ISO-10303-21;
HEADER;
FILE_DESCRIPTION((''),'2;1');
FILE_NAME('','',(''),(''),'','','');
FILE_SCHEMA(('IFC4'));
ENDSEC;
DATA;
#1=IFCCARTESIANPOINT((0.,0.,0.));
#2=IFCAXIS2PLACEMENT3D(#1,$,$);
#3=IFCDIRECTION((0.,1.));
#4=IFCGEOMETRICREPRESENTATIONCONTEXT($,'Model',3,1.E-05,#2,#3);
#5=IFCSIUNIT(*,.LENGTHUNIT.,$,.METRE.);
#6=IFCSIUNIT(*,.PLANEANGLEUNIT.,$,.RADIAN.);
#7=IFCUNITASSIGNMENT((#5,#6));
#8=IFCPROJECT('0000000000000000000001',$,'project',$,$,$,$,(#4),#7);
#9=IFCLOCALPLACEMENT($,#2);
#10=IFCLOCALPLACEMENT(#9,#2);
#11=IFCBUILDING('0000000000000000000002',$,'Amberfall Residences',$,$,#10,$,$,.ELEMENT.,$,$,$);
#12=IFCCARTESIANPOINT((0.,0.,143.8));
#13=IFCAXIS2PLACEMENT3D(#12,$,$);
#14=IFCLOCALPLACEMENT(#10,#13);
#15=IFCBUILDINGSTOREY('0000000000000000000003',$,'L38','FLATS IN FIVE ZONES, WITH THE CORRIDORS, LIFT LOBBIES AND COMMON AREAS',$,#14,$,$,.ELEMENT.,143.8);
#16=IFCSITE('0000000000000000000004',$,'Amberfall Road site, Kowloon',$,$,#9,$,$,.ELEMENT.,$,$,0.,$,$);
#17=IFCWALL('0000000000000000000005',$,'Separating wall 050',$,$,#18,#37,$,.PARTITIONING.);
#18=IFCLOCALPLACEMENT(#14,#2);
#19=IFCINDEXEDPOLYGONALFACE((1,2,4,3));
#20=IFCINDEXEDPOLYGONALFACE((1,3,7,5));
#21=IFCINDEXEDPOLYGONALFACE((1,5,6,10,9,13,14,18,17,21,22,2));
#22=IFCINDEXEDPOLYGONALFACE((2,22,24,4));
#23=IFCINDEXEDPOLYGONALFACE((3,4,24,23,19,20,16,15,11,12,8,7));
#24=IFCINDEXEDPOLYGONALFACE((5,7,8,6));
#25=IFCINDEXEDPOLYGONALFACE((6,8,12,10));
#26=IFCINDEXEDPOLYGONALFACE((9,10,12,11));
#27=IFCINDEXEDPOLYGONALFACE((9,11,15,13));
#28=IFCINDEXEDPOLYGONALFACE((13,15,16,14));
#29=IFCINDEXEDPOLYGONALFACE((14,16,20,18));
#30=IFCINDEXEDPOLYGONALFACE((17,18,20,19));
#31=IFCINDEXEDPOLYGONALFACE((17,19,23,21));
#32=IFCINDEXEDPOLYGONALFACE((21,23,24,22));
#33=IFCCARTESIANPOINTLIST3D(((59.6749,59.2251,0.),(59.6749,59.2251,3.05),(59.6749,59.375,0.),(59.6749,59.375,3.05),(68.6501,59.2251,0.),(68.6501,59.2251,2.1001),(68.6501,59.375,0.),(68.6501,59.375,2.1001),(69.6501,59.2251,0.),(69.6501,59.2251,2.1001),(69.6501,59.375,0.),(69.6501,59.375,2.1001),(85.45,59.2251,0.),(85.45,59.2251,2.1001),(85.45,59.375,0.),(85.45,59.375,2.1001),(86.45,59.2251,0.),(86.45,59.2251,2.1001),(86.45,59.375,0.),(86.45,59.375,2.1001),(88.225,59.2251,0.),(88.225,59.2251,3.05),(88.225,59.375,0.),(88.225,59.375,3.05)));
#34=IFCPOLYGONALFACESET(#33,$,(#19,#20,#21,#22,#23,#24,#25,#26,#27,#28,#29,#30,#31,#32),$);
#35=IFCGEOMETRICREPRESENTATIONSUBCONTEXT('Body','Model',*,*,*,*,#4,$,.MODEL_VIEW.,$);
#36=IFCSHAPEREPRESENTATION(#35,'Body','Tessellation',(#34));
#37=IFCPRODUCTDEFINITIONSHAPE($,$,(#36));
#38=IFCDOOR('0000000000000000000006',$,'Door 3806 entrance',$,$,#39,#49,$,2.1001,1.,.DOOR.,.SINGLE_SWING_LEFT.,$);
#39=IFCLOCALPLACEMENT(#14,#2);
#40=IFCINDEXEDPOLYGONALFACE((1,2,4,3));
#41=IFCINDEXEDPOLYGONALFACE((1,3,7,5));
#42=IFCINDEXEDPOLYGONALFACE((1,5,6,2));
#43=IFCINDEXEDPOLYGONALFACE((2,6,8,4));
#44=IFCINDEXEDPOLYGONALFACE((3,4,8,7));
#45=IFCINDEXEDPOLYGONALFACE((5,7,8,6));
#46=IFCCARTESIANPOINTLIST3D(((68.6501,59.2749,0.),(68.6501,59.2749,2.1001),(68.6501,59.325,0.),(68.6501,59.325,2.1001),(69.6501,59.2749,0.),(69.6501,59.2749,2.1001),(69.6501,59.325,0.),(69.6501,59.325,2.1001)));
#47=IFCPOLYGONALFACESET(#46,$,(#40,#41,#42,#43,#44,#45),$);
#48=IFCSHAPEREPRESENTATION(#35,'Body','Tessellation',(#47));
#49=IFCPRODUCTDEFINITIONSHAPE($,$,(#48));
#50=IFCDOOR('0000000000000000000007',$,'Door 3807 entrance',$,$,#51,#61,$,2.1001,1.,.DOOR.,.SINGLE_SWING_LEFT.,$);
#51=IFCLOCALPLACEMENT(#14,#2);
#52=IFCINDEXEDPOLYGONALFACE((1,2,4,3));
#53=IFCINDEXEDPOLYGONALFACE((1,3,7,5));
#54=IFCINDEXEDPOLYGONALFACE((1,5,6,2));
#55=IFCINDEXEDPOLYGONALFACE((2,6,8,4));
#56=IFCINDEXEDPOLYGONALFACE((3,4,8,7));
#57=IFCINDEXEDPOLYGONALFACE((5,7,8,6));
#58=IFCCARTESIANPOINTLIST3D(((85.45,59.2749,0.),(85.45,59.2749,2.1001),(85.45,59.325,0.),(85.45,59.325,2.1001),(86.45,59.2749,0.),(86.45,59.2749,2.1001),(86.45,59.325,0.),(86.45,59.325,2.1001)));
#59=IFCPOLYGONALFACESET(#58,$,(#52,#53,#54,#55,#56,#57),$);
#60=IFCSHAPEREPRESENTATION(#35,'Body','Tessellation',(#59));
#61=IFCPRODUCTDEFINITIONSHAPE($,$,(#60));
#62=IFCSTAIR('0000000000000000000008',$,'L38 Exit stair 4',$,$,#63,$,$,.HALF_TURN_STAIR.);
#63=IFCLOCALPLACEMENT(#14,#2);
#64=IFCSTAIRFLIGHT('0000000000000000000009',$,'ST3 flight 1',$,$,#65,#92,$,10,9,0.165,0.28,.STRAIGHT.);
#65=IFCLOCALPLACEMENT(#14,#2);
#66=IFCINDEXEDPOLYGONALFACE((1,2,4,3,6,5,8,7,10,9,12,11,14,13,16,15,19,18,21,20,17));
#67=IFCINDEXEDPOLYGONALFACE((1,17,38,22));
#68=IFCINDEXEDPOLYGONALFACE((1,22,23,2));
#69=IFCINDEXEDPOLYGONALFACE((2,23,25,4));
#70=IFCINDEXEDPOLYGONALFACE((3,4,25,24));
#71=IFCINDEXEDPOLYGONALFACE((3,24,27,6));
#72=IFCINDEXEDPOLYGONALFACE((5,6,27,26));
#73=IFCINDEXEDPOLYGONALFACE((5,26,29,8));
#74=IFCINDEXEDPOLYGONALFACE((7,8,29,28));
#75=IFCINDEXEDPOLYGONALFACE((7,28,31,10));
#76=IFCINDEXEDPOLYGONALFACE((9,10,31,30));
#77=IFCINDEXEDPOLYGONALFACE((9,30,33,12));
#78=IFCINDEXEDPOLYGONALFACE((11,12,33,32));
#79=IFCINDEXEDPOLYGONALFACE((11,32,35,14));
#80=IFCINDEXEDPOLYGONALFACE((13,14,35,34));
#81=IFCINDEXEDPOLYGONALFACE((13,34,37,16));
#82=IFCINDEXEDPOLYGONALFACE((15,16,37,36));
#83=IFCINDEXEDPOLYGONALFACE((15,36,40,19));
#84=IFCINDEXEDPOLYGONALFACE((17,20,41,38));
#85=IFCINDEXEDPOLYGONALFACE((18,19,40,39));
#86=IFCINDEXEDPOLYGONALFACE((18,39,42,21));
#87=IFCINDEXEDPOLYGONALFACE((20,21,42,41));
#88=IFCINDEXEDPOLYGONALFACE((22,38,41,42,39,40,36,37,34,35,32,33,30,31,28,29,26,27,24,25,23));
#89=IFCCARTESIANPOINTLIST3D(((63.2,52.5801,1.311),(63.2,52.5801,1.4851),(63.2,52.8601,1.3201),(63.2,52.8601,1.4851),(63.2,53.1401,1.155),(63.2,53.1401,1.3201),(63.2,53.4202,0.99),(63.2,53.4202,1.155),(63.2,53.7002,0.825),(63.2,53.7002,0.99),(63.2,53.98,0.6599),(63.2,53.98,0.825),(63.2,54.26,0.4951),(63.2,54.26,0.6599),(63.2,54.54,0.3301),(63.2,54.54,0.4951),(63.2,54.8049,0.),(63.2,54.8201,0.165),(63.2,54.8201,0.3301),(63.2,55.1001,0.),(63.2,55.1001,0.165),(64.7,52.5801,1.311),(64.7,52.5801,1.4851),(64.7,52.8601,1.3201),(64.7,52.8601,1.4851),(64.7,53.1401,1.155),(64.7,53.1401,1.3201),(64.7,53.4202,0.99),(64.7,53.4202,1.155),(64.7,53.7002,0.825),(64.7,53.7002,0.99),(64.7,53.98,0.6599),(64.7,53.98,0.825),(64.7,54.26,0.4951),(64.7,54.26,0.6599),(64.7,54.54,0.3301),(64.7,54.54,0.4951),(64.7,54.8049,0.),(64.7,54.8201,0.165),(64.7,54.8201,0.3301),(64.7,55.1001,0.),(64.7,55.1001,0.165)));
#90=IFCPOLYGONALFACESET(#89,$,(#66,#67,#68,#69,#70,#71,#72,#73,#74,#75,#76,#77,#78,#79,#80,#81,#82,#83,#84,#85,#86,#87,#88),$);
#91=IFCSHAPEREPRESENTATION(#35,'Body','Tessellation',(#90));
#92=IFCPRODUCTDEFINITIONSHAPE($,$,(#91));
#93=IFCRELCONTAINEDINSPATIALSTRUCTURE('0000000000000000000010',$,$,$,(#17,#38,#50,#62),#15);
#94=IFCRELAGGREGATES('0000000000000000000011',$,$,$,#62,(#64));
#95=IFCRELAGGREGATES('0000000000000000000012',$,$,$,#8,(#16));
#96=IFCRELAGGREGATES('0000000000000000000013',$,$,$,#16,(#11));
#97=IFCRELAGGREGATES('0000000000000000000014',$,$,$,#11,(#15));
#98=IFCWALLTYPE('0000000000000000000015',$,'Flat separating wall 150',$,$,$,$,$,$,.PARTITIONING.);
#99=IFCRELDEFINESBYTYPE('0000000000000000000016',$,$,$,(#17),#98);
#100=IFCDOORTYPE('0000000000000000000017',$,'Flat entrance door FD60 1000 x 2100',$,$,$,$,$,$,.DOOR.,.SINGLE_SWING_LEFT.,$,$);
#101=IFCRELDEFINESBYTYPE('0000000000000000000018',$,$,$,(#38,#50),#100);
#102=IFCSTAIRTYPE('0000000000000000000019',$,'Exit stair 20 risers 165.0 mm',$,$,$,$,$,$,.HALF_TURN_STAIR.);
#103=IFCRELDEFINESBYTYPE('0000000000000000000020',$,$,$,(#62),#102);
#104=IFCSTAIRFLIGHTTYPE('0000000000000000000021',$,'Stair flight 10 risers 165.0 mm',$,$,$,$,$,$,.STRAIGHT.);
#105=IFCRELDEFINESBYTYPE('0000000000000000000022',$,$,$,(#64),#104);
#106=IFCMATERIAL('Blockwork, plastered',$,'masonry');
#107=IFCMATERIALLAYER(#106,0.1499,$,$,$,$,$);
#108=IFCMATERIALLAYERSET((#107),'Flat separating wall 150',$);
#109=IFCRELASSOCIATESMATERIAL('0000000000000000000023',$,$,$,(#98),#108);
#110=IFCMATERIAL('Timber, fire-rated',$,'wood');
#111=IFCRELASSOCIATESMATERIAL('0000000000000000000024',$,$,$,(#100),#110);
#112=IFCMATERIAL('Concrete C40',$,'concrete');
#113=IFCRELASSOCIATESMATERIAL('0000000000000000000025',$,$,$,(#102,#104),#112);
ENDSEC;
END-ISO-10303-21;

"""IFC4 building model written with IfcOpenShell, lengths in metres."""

from ifc_helpers import new_model, si_unit, direction, frame, frame_2d, origin, place, context, subcontext, project, spatial, polyline, rectangle, outline, extrude, material, layer, layer_set, type_object, element, fill, aggregate, save


model = new_model("IFC4")

# Units and contexts
model_context = context("Model", 3, precision=1e-05, world=origin(), true_north=direction((0.0, 1.0)))
body_context = subcontext(model_context, "Body", "Model", "MODEL_VIEW")
ifc_project = project(units=[si_unit("LENGTHUNIT", "METRE"), si_unit("PLANEANGLEUNIT", "RADIAN")], contexts=[model_context])

# Site, building, storey
site_placement = place(None, origin())
site = spatial("IfcSite", under=ifc_project, at=site_placement, Name="Amberfall Road site, Kowloon", CompositionType="ELEMENT", RefElevation=0.0)
building_placement = place(site_placement, origin())
building = spatial("IfcBuilding", under=site, at=building_placement, Name="Amberfall Residences", CompositionType="ELEMENT")
storey_placement = place(building_placement, frame((0.0, 0.0, 143.8)))
storey = spatial("IfcBuildingStorey", under=building, at=storey_placement, Name="L38", Description="FLATS IN FIVE ZONES, WITH THE CORRIDORS, LIFT LOBBIES AND COMMON AREAS", CompositionType="ELEMENT", Elevation=143.8)

# Shared definitions
ifc_material_1 = material(Name="Blockwork, plastered", Category="masonry")
ifc_layer_1 = layer(ifc_material_1, 0.1499)
ifc_layer_set_1 = layer_set([ifc_layer_1], Name="Flat separating wall 150")
wall_type_1 = type_object("IfcWallType", Name="Flat separating wall 150", PredefinedType="PARTITIONING", material=ifc_layer_set_1)

# Wall, openings, doors
wall_1_placement = place(storey_placement, frame((59.675, 59.3, 0.0), z_axis=(0.0, 0.0, 1.0), x_axis=(1.0, 0.0, 0.0)))
wall_1 = element("IfcWall", 1, at=wall_1_placement, inside=storey, type_object=wall_type_1, Name="Separating wall 050", PredefinedType="PARTITIONING", context=body_context, shape_type="SweptSolid", body=[
    extrude(rectangle(XDim=28.55, YDim=0.1499, at=frame_2d((14.2749, 0.0))), origin(), (0.0, 0.0, 1.0), 3.05),
])
opening_1_placement = place(wall_1_placement, frame((8.9751, 0.0, 0.0)))
opening_1 = element("IfcOpeningElement", 2, at=opening_1_placement, cuts=wall_1, PredefinedType="OPENING", context=body_context, shape_type="SweptSolid", body=[
    extrude(rectangle(XDim=1.0, YDim=2.1001, at=frame_2d((0.5, 1.05))), frame((0.0, 0.085, 0.0), z_axis=(0.0, -1.0, 0.0), x_axis=(1.0, 0.0, 0.0)), (0.0, 0.0, 1.0), 0.1699),
])
opening_2_placement = place(wall_1_placement, frame((25.7749, 0.0, 0.0)))
opening_2 = element("IfcOpeningElement", 3, at=opening_2_placement, cuts=wall_1, PredefinedType="OPENING", context=body_context, shape_type="SweptSolid", body=[
    extrude(rectangle(XDim=1.0, YDim=2.1001, at=frame_2d((0.5, 1.05))), frame((0.0, 0.085, 0.0), z_axis=(0.0, -1.0, 0.0), x_axis=(1.0, 0.0, 0.0)), (0.0, 0.0, 1.0), 0.1699),
])
ifc_material_2 = material(Name="Timber, fire-rated", Category="wood")
door_type_1 = type_object("IfcDoorType", Name="Flat entrance door FD60 1000 x 2100", OperationType="SINGLE_SWING_LEFT", PredefinedType="DOOR", material=ifc_material_2)
door_1_placement = place(opening_1_placement, origin())
door_1 = element("IfcDoor", 4, at=door_1_placement, inside=storey, type_object=door_type_1, Name="Door 3806 entrance", OperationType="SINGLE_SWING_LEFT", OverallHeight=2.1001, OverallWidth=1.0, PredefinedType="DOOR", context=body_context, shape_type="SweptSolid", body=[
    extrude(rectangle(XDim=1.0, YDim=2.1001, at=frame_2d((0.5, 1.05))), frame((0.0, 0.0249, 0.0), z_axis=(0.0, -1.0, 0.0), x_axis=(1.0, 0.0, 0.0)), (0.0, 0.0, 1.0), 0.05),
])
fill(opening_1, door_1)
door_2_placement = place(opening_2_placement, origin())
door_2 = element("IfcDoor", 5, at=door_2_placement, inside=storey, type_object=door_type_1, Name="Door 3807 entrance", OperationType="SINGLE_SWING_LEFT", OverallHeight=2.1001, OverallWidth=1.0, PredefinedType="DOOR", context=body_context, shape_type="SweptSolid", body=[
    extrude(rectangle(XDim=1.0, YDim=2.1001, at=frame_2d((0.5, 1.05))), frame((0.0, 0.0249, 0.0), z_axis=(0.0, -1.0, 0.0), x_axis=(1.0, 0.0, 0.0)), (0.0, 0.0, 1.0), 0.05),
])
fill(opening_2, door_2)

# Stair, stair flight
ifc_material_3 = material(Name="Concrete C40", Category="concrete")
stair_type = type_object("IfcStairType", Name="Exit stair 20 risers 165.0 mm", PredefinedType="HALF_TURN_STAIR", material=ifc_material_3)
stair_placement = place(storey_placement, origin())
stair = element("IfcStair", 6, at=stair_placement, inside=storey, type_object=stair_type, Name="L38 Exit stair 4", PredefinedType="HALF_TURN_STAIR")
stair_flight_type = type_object("IfcStairFlightType", Name="Stair flight 10 risers 165.0 mm", PredefinedType="STRAIGHT", material=ifc_material_3)
stair_flight_placement = place(storey_placement, frame((63.95, 55.1001, 0.0), z_axis=(0.0, 0.0, 1.0), x_axis=(0.0, -1.0, 0.0)))
stair_flight = element("IfcStairFlight", 7, at=stair_flight_placement, type_object=stair_flight_type, Name="ST3 flight 1", NumberOfRisers=10, NumberOfTreads=9, PredefinedType="STRAIGHT", RiserHeight=0.165, TreadLength=0.28, context=body_context, shape_type="SweptSolid", body=[
    extrude(outline(polyline([(0.0, 0.0), (0.0, 0.165), (0.28, 0.165), (0.28, 0.3301), (0.5601, 0.3301), (0.5601, 0.4951), (0.8401, 0.4951), (0.8401, 0.6599), (1.1201, 0.6599), (1.1201, 0.825), (1.3999, 0.825), (1.3999, 0.99), (1.6799, 0.99), (1.6799, 1.155), (1.96, 1.155), (1.96, 1.3201), (2.24, 1.3201), (2.24, 1.4851), (2.52, 1.4851), (2.52, 1.6499), (2.52, 1.311), (0.2952, 0.0), (0.0, 0.0)])), frame((0.0, 0.75, 0.0), z_axis=(0.0, -1.0, 0.0), x_axis=(1.0, 0.0, 0.0)), (0.0, 0.0, 1.0), 1.5),
])
aggregate(stair, [stair_flight])

save(model, "model.ifc")
